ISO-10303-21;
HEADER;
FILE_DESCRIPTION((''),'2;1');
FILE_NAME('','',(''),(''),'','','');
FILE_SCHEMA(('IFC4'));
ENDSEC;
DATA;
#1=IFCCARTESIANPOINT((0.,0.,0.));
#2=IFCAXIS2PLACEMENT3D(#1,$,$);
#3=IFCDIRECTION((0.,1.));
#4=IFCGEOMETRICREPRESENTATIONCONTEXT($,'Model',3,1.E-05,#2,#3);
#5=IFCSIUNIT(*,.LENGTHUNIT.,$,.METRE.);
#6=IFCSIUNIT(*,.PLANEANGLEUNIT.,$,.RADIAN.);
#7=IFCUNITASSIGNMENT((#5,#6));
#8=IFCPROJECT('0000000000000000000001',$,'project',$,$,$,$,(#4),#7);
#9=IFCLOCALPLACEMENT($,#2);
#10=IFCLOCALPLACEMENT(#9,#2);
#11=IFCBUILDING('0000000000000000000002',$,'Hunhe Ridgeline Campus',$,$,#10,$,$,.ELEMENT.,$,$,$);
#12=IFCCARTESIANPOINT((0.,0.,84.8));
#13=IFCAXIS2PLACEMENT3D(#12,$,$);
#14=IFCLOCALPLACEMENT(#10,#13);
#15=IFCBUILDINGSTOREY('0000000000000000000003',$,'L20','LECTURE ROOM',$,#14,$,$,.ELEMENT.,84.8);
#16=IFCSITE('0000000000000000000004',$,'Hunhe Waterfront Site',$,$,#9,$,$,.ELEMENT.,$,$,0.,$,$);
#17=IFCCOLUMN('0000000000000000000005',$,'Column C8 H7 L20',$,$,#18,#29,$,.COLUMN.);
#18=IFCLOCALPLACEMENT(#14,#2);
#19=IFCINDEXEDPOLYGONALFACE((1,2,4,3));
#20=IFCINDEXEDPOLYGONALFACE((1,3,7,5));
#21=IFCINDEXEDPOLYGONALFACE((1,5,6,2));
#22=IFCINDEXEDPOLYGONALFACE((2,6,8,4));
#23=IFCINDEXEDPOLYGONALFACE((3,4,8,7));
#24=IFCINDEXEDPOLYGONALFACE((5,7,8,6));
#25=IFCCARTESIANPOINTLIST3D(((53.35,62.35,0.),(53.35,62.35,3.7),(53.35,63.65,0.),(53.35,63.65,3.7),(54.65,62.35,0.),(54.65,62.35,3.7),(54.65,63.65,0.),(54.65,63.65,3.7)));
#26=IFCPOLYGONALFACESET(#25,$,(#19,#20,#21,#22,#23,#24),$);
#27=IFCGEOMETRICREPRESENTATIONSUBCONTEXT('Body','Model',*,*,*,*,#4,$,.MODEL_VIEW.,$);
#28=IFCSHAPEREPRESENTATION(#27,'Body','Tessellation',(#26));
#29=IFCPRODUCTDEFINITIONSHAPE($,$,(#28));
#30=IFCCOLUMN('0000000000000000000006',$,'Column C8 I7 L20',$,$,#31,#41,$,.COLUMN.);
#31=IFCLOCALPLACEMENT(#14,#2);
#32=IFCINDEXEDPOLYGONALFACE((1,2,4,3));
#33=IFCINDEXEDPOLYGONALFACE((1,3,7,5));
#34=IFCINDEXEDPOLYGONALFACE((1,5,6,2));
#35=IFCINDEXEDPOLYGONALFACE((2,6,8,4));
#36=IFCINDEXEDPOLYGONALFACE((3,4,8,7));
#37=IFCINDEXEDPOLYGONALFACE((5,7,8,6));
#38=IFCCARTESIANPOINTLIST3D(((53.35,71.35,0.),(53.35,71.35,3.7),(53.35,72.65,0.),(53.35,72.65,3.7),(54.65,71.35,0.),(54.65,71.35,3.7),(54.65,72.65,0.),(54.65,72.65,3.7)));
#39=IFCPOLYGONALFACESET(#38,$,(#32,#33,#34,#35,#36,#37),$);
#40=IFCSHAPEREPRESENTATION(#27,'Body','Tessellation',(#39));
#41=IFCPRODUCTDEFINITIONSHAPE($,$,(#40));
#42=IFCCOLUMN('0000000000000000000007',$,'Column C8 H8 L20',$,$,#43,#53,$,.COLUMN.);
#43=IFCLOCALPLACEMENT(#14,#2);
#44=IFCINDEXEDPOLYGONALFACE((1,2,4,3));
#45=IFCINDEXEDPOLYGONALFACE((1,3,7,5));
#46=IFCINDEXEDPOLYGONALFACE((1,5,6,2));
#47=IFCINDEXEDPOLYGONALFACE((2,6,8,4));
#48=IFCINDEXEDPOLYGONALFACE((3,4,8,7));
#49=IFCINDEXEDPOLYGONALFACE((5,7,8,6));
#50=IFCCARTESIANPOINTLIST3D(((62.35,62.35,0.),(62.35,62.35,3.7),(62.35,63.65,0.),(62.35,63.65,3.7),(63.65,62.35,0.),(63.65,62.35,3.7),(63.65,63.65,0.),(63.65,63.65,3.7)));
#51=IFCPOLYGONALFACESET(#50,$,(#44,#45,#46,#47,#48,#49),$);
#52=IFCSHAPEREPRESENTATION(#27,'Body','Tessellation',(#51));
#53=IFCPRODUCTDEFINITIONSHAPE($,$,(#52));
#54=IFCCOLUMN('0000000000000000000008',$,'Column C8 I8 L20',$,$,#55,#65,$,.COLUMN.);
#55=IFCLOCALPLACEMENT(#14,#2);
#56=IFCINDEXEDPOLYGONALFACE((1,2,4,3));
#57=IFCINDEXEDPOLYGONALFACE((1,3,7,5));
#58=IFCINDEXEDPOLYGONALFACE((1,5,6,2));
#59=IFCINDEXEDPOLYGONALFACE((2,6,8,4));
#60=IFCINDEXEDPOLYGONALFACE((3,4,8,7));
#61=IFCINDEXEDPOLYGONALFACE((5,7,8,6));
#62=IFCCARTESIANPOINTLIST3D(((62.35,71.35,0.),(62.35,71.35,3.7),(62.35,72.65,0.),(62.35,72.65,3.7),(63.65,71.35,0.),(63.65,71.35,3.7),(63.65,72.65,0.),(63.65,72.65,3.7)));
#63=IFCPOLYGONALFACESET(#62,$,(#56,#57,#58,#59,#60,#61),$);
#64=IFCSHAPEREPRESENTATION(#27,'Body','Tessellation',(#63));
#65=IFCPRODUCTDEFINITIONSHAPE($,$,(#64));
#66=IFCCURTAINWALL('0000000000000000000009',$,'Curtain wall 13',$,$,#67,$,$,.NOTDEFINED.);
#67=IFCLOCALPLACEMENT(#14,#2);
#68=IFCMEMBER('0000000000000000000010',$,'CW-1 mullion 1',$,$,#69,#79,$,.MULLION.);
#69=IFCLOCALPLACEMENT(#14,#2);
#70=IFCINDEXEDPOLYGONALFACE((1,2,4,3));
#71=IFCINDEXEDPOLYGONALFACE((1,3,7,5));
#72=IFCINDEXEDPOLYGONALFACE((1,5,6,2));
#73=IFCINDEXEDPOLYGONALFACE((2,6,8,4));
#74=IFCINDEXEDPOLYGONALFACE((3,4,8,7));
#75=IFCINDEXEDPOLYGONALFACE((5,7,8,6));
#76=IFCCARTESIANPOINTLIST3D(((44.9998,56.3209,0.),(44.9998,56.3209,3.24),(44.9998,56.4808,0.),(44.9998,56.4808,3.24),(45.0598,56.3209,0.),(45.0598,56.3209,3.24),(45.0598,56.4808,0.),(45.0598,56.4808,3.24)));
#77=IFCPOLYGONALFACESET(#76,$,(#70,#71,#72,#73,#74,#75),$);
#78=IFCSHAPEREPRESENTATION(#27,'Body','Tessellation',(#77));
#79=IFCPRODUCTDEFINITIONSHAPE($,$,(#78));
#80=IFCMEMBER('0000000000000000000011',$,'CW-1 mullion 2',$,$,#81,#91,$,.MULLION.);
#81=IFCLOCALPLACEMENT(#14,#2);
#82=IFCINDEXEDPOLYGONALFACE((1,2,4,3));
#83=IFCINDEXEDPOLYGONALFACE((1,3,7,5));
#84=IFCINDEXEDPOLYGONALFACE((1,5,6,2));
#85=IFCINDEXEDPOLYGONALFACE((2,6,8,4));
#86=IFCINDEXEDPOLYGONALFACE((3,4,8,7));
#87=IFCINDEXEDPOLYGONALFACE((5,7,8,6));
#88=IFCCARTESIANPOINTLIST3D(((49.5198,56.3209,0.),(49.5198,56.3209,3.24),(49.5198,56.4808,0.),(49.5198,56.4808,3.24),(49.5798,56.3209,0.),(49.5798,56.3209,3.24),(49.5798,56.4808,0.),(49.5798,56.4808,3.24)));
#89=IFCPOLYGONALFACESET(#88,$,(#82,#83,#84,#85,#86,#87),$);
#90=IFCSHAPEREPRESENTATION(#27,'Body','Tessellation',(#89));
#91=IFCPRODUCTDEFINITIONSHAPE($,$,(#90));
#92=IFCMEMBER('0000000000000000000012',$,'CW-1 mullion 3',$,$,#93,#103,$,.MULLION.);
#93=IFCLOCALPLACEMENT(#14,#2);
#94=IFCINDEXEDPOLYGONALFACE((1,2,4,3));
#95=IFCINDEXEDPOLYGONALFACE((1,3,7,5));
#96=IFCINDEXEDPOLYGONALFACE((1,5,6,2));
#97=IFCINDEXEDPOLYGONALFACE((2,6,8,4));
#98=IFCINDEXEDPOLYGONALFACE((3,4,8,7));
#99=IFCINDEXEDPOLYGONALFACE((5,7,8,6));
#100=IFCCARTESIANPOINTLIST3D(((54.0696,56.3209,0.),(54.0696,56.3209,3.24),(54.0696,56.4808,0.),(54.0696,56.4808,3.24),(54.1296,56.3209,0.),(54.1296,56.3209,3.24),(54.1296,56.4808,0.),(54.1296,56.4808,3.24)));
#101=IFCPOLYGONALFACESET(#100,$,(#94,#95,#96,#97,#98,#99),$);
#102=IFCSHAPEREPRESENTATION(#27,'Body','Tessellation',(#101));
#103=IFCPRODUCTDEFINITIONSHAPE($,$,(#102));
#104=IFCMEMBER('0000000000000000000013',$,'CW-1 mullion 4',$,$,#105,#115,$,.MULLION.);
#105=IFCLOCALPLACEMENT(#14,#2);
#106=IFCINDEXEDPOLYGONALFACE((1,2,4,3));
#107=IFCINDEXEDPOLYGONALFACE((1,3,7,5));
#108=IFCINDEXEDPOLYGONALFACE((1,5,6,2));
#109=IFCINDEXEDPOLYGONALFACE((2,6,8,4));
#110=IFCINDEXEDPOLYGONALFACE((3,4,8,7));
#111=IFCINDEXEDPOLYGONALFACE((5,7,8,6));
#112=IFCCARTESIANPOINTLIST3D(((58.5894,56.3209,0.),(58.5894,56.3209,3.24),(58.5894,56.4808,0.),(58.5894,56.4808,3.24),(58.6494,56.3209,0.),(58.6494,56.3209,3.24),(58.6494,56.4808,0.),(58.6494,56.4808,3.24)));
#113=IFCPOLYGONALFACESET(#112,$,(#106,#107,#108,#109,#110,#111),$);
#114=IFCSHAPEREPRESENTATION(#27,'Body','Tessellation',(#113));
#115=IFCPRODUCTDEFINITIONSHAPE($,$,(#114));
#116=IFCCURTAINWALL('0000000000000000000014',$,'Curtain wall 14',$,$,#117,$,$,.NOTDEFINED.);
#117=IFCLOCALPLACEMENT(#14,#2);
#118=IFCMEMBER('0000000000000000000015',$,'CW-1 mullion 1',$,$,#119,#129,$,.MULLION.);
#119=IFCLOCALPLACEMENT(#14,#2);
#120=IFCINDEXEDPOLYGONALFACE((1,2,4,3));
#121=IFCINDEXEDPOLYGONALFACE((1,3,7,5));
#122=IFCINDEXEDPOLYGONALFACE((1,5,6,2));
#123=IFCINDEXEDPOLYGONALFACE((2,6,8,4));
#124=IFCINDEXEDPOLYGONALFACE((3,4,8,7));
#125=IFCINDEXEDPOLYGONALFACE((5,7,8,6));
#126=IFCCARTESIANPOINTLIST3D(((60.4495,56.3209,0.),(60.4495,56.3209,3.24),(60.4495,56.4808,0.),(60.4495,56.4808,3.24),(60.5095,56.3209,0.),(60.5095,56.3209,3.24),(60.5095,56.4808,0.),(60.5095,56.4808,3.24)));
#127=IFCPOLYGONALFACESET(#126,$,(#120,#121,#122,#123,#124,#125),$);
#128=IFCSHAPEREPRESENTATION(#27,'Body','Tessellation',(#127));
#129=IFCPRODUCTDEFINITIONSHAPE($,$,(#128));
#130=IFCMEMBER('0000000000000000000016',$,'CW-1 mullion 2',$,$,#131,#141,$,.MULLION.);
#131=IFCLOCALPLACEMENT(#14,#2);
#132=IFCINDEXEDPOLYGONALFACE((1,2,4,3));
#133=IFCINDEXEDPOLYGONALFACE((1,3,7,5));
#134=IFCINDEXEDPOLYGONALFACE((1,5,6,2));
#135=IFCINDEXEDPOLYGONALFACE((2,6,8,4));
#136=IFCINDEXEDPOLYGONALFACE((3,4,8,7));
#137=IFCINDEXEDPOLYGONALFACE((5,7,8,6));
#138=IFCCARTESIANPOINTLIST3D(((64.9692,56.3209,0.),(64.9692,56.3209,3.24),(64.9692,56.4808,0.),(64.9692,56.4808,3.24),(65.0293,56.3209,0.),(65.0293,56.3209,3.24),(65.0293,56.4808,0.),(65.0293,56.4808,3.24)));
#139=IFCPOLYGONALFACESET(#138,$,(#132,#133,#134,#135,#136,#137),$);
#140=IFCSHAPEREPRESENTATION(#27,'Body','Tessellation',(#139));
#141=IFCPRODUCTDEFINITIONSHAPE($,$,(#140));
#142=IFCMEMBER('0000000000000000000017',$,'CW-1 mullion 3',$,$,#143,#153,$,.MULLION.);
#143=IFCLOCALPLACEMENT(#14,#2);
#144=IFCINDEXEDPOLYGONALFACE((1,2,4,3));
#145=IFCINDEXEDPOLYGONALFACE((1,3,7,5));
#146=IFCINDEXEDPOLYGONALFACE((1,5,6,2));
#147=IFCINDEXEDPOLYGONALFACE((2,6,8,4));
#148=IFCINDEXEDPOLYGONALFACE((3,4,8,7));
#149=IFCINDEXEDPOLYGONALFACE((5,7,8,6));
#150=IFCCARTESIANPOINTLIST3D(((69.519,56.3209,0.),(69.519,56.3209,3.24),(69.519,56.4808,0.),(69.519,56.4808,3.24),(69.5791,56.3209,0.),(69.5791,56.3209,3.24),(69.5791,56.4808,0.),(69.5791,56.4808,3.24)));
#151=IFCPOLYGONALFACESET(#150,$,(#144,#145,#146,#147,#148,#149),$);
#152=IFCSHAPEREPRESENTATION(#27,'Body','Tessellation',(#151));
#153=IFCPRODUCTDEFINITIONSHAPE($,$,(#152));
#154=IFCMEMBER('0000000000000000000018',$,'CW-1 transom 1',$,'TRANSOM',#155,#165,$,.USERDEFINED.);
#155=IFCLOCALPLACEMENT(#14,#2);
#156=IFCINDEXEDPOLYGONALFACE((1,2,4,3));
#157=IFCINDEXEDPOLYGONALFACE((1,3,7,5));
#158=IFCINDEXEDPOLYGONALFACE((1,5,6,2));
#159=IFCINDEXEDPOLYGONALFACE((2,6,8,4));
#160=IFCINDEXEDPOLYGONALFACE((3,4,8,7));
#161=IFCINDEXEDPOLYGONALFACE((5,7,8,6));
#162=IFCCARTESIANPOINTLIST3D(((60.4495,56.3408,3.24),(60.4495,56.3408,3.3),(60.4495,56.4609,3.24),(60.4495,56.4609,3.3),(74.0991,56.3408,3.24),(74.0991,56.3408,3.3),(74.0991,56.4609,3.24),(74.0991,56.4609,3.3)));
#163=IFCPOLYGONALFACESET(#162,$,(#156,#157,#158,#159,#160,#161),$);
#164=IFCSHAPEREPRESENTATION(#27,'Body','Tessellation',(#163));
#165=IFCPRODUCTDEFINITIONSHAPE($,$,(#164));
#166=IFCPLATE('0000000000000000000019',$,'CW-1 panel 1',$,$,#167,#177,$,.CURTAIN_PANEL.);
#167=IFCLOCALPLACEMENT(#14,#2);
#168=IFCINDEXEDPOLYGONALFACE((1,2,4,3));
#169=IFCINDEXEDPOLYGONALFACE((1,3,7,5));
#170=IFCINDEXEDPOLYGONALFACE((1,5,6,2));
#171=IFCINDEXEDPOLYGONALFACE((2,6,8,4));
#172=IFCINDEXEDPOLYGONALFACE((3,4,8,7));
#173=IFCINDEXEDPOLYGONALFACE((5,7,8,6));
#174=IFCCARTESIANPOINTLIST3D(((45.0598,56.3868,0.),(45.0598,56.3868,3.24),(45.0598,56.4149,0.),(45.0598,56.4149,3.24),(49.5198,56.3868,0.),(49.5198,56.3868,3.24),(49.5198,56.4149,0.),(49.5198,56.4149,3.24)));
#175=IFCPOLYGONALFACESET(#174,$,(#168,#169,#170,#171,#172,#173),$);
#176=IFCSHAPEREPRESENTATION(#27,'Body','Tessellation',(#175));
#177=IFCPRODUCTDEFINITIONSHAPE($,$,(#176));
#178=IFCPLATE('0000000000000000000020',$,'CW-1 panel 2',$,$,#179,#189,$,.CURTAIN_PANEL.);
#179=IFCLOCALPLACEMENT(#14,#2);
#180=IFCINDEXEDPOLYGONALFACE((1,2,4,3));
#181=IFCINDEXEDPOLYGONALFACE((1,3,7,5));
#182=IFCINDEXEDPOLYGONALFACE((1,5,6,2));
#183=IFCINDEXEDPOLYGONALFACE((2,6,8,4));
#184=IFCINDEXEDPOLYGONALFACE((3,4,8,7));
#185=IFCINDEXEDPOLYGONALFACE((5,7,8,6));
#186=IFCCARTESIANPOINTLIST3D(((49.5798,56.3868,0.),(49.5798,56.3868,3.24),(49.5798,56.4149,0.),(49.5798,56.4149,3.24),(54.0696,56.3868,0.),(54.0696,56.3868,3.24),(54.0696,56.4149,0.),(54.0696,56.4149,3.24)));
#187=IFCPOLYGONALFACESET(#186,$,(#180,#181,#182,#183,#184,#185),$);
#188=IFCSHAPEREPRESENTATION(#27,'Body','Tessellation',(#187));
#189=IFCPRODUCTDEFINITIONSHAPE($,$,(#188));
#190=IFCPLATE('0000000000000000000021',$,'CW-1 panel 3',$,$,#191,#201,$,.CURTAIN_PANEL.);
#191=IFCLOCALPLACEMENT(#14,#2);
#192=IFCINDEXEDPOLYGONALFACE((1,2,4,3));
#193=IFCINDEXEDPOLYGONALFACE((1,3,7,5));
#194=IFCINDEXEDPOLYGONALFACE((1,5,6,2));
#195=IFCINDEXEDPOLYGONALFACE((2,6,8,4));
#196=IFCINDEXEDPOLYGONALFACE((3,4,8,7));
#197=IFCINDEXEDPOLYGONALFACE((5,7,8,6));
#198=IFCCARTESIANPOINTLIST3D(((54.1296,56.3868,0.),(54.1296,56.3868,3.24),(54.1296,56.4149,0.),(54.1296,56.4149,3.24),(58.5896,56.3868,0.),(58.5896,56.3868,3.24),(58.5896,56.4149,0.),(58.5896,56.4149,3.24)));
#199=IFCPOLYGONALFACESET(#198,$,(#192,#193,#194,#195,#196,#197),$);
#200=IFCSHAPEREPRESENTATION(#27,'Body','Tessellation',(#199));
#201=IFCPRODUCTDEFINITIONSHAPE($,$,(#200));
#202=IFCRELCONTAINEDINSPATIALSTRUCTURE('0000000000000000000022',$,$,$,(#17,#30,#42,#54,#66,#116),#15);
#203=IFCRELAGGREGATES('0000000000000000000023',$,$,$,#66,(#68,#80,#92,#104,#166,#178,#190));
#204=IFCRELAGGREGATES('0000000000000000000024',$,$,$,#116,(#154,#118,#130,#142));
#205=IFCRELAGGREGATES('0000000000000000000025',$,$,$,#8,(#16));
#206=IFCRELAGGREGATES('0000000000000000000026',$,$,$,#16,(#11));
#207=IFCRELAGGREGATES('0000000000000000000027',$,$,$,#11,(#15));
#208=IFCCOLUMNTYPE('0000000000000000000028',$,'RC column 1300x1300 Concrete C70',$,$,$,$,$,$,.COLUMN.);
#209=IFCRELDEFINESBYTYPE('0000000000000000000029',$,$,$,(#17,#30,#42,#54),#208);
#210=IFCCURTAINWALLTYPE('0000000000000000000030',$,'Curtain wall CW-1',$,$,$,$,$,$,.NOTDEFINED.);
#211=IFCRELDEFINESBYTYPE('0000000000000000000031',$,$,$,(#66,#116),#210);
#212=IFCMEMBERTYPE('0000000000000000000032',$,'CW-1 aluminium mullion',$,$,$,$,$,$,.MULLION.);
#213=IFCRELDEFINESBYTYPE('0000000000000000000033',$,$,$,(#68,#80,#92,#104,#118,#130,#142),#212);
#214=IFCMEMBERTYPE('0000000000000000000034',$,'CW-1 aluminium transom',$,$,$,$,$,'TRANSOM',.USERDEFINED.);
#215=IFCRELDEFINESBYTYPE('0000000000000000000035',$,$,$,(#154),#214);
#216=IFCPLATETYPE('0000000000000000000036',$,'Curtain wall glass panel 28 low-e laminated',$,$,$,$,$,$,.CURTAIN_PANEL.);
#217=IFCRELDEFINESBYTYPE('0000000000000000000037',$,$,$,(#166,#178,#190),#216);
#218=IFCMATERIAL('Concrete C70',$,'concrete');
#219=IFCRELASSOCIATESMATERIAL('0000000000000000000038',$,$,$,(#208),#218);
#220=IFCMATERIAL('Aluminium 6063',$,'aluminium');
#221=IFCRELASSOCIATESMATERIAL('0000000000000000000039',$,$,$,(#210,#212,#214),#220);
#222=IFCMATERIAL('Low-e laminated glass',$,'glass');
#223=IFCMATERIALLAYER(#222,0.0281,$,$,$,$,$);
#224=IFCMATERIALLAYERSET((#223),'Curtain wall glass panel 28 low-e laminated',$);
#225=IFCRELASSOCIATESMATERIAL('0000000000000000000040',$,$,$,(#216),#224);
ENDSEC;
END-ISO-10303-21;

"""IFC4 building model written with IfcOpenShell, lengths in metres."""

from ifc_helpers import new_model, si_unit, direction, frame, origin, origin_2d, place, context, subcontext, project, spatial, rectangle, extrude, material, layer, layer_set, material_profile, profile_set, type_object, element, aggregate, save


model = new_model("IFC4")

# Units and contexts
model_context = context("Model", 3, precision=1e-05, world=origin(), true_north=direction((0.0, 1.0)))
body_context = subcontext(model_context, "Body", "Model", "MODEL_VIEW")
ifc_project = project(units=[si_unit("LENGTHUNIT", "METRE"), si_unit("PLANEANGLEUNIT", "RADIAN")], contexts=[model_context])

# Site, building, storey
site_placement = place(None, origin())
site = spatial("IfcSite", under=ifc_project, at=site_placement, Name="Hunhe Waterfront Site", CompositionType="ELEMENT", RefElevation=0.0)
building_placement = place(site_placement, origin())
building = spatial("IfcBuilding", under=site, at=building_placement, Name="Hunhe Ridgeline Campus", CompositionType="ELEMENT")
storey_placement = place(building_placement, frame((0.0, 0.0, 84.8)))
storey = spatial("IfcBuildingStorey", under=building, at=storey_placement, Name="L20", Description="LECTURE ROOM", CompositionType="ELEMENT", Elevation=84.8)

# Columns
ifc_material_1 = material(Name="Concrete C70", Category="concrete")
ifc_material_profile_1 = material_profile(ifc_material_1, rectangle(XDim=1.3, YDim=1.3, at=origin_2d()))
ifc_profile_set_1 = profile_set([ifc_material_profile_1], Name="Concrete C70")
column_type = type_object("IfcColumnType", Name="RC column 1300x1300 Concrete C70", PredefinedType="COLUMN", material=ifc_profile_set_1)
for number, where, z_axis, x_axis, name in (
    (1, (54.0, 63.0, 0.0), (0.0, 0.0, 1.0), (1.0, 0.0, 0.0), "Column C8 H7 L20"),
    (2, (54.0, 72.0, 0.0), (0.0, 0.0, 1.0), (1.0, 0.0, 0.0), "Column C8 I7 L20"),
    (3, (63.0, 63.0, 0.0), (0.0, 0.0, 1.0), (1.0, 0.0, 0.0), "Column C8 H8 L20"),
    (4, (63.0, 72.0, 0.0), (0.0, 0.0, 1.0), (1.0, 0.0, 0.0), "Column C8 I8 L20"),
):
    element("IfcColumn", number, at=place(storey_placement, frame(where, z_axis=z_axis, x_axis=x_axis)), inside=storey, type_object=column_type, Name=name, PredefinedType="COLUMN", context=body_context, shape_type="SweptSolid", body=[
        extrude(rectangle(XDim=1.3, YDim=1.3, at=origin_2d()), origin(), (0.0, 0.0, 1.0), 3.7),
    ])

# Curtain walls, members
ifc_material_2 = material(Name="Aluminium 6063", Category="aluminium")
curtain_wall_type = type_object("IfcCurtainWallType", Name="Curtain wall CW-1", PredefinedType="NOTDEFINED", material=ifc_material_2)
curtain_wall_1_placement = place(storey_placement, origin())
curtain_wall_1 = element("IfcCurtainWall", 5, at=curtain_wall_1_placement, inside=storey, type_object=curtain_wall_type, Name="Curtain wall 13", PredefinedType="NOTDEFINED")
ifc_material_profile_2 = material_profile(ifc_material_2, rectangle(XDim=0.1599, YDim=0.0601, at=origin_2d()))
ifc_profile_set_2 = profile_set([ifc_material_profile_2], Name="Aluminium 6063")
member_type_1 = type_object("IfcMemberType", Name="CW-1 aluminium mullion", PredefinedType="MULLION", material=ifc_profile_set_2)
member_1_placement = place(storey_placement, frame((45.0298, 56.4009, 0.0), z_axis=(0.0, 0.0, 1.0), x_axis=(0.0, 1.0, 0.0)))
member_1 = element("IfcMember", 6, at=member_1_placement, type_object=member_type_1, Name="CW-1 mullion 1", PredefinedType="MULLION", context=body_context, shape_type="SweptSolid", body=[
    extrude(rectangle(XDim=0.1599, YDim=0.0601, at=origin_2d()), origin(), (0.0, 0.0, 1.0), 3.24),
])
member_2_placement = place(storey_placement, frame((49.5498, 56.4009, 0.0), z_axis=(0.0, 0.0, 1.0), x_axis=(0.0, 1.0, 0.0)))
member_2 = element("IfcMember", 7, at=member_2_placement, type_object=member_type_1, Name="CW-1 mullion 2", PredefinedType="MULLION", context=body_context, shape_type="SweptSolid", body=[
    extrude(rectangle(XDim=0.1599, YDim=0.0601, at=origin_2d()), origin(), (0.0, 0.0, 1.0), 3.24),
])
member_3_placement = place(storey_placement, frame((54.0996, 56.4009, 0.0), z_axis=(0.0, 0.0, 1.0), x_axis=(0.0, 1.0, 0.0)))
member_3 = element("IfcMember", 8, at=member_3_placement, type_object=member_type_1, Name="CW-1 mullion 3", PredefinedType="MULLION", context=body_context, shape_type="SweptSolid", body=[
    extrude(rectangle(XDim=0.1599, YDim=0.0601, at=origin_2d()), origin(), (0.0, 0.0, 1.0), 3.24),
])
member_4_placement = place(storey_placement, frame((58.6194, 56.4009, 0.0), z_axis=(0.0, 0.0, 1.0), x_axis=(0.0, 1.0, 0.0)))
member_4 = element("IfcMember", 9, at=member_4_placement, type_object=member_type_1, Name="CW-1 mullion 4", PredefinedType="MULLION", context=body_context, shape_type="SweptSolid", body=[
    extrude(rectangle(XDim=0.1599, YDim=0.0601, at=origin_2d()), origin(), (0.0, 0.0, 1.0), 3.24),
])
curtain_wall_2_placement = place(storey_placement, origin())
curtain_wall_2 = element("IfcCurtainWall", 10, at=curtain_wall_2_placement, inside=storey, type_object=curtain_wall_type, Name="Curtain wall 14", PredefinedType="NOTDEFINED")
member_5_placement = place(storey_placement, frame((60.4795, 56.4009, 0.0), z_axis=(0.0, 0.0, 1.0), x_axis=(0.0, 1.0, 0.0)))
member_5 = element("IfcMember", 11, at=member_5_placement, type_object=member_type_1, Name="CW-1 mullion 1", PredefinedType="MULLION", context=body_context, shape_type="SweptSolid", body=[
    extrude(rectangle(XDim=0.1599, YDim=0.0601, at=origin_2d()), origin(), (0.0, 0.0, 1.0), 3.24),
])
member_6_placement = place(storey_placement, frame((64.9993, 56.4009, 0.0), z_axis=(0.0, 0.0, 1.0), x_axis=(0.0, 1.0, 0.0)))
member_6 = element("IfcMember", 12, at=member_6_placement, type_object=member_type_1, Name="CW-1 mullion 2", PredefinedType="MULLION", context=body_context, shape_type="SweptSolid", body=[
    extrude(rectangle(XDim=0.1599, YDim=0.0601, at=origin_2d()), origin(), (0.0, 0.0, 1.0), 3.24),
])
member_7_placement = place(storey_placement, frame((69.5491, 56.4009, 0.0), z_axis=(0.0, 0.0, 1.0), x_axis=(0.0, 1.0, 0.0)))
member_7 = element("IfcMember", 13, at=member_7_placement, type_object=member_type_1, Name="CW-1 mullion 3", PredefinedType="MULLION", context=body_context, shape_type="SweptSolid", body=[
    extrude(rectangle(XDim=0.1599, YDim=0.0601, at=origin_2d()), origin(), (0.0, 0.0, 1.0), 3.24),
])
ifc_material_profile_3 = material_profile(ifc_material_2, rectangle(XDim=0.1201, YDim=0.0601, at=origin_2d()))
ifc_profile_set_3 = profile_set([ifc_material_profile_3], Name="Aluminium 6063")
member_type_2 = type_object("IfcMemberType", Name="CW-1 aluminium transom", ElementType="TRANSOM", PredefinedType="USERDEFINED", material=ifc_profile_set_3)
member_8_placement = place(storey_placement, frame((60.4495, 56.4009, 3.27), z_axis=(1.0, 0.0, 0.0), x_axis=(0.0, 1.0, 0.0)))
member_8 = element("IfcMember", 14, at=member_8_placement, type_object=member_type_2, Name="CW-1 transom 1", ObjectType="TRANSOM", PredefinedType="USERDEFINED", context=body_context, shape_type="SweptSolid", body=[
    extrude(rectangle(XDim=0.1201, YDim=0.0601, at=origin_2d()), origin(), (0.0, 0.0, 1.0), 13.6497),
])

# Plates
ifc_material_3 = material(Name="Low-e laminated glass", Category="glass")
ifc_layer_1 = layer(ifc_material_3, 0.0281)
ifc_layer_set_1 = layer_set([ifc_layer_1], Name="Curtain wall glass panel 28 low-e laminated")
plate_type = type_object("IfcPlateType", Name="Curtain wall glass panel 28 low-e laminated", PredefinedType="CURTAIN_PANEL", material=ifc_layer_set_1)
plate_1_placement = place(storey_placement, frame((47.2898, 56.4009, 0.0), z_axis=(0.0, 0.0, 1.0), x_axis=(1.0, 0.0, 0.0)))
plate_1 = element("IfcPlate", 15, at=plate_1_placement, type_object=plate_type, Name="CW-1 panel 1", PredefinedType="CURTAIN_PANEL", context=body_context, shape_type="SweptSolid", body=[
    extrude(rectangle(XDim=4.46, YDim=0.0281, at=origin_2d()), origin(), (0.0, 0.0, 1.0), 3.24),
])
plate_2_placement = place(storey_placement, frame((51.8247, 56.4009, 0.0), z_axis=(0.0, 0.0, 1.0), x_axis=(1.0, 0.0, 0.0)))
plate_2 = element("IfcPlate", 16, at=plate_2_placement, type_object=plate_type, Name="CW-1 panel 2", PredefinedType="CURTAIN_PANEL", context=body_context, shape_type="SweptSolid", body=[
    extrude(rectangle(XDim=4.4897, YDim=0.0281, at=origin_2d()), origin(), (0.0, 0.0, 1.0), 3.24),
])
plate_3_placement = place(storey_placement, frame((56.3596, 56.4009, 0.0), z_axis=(0.0, 0.0, 1.0), x_axis=(1.0, 0.0, 0.0)))
plate_3 = element("IfcPlate", 17, at=plate_3_placement, type_object=plate_type, Name="CW-1 panel 3", PredefinedType="CURTAIN_PANEL", context=body_context, shape_type="SweptSolid", body=[
    extrude(rectangle(XDim=4.46, YDim=0.0281, at=origin_2d()), origin(), (0.0, 0.0, 1.0), 3.24),
])
aggregate(curtain_wall_1, [member_1, member_2, member_3, member_4, plate_1, plate_2, plate_3])
aggregate(curtain_wall_2, [member_8, member_5, member_6, member_7])

save(model, "model.ifc")
